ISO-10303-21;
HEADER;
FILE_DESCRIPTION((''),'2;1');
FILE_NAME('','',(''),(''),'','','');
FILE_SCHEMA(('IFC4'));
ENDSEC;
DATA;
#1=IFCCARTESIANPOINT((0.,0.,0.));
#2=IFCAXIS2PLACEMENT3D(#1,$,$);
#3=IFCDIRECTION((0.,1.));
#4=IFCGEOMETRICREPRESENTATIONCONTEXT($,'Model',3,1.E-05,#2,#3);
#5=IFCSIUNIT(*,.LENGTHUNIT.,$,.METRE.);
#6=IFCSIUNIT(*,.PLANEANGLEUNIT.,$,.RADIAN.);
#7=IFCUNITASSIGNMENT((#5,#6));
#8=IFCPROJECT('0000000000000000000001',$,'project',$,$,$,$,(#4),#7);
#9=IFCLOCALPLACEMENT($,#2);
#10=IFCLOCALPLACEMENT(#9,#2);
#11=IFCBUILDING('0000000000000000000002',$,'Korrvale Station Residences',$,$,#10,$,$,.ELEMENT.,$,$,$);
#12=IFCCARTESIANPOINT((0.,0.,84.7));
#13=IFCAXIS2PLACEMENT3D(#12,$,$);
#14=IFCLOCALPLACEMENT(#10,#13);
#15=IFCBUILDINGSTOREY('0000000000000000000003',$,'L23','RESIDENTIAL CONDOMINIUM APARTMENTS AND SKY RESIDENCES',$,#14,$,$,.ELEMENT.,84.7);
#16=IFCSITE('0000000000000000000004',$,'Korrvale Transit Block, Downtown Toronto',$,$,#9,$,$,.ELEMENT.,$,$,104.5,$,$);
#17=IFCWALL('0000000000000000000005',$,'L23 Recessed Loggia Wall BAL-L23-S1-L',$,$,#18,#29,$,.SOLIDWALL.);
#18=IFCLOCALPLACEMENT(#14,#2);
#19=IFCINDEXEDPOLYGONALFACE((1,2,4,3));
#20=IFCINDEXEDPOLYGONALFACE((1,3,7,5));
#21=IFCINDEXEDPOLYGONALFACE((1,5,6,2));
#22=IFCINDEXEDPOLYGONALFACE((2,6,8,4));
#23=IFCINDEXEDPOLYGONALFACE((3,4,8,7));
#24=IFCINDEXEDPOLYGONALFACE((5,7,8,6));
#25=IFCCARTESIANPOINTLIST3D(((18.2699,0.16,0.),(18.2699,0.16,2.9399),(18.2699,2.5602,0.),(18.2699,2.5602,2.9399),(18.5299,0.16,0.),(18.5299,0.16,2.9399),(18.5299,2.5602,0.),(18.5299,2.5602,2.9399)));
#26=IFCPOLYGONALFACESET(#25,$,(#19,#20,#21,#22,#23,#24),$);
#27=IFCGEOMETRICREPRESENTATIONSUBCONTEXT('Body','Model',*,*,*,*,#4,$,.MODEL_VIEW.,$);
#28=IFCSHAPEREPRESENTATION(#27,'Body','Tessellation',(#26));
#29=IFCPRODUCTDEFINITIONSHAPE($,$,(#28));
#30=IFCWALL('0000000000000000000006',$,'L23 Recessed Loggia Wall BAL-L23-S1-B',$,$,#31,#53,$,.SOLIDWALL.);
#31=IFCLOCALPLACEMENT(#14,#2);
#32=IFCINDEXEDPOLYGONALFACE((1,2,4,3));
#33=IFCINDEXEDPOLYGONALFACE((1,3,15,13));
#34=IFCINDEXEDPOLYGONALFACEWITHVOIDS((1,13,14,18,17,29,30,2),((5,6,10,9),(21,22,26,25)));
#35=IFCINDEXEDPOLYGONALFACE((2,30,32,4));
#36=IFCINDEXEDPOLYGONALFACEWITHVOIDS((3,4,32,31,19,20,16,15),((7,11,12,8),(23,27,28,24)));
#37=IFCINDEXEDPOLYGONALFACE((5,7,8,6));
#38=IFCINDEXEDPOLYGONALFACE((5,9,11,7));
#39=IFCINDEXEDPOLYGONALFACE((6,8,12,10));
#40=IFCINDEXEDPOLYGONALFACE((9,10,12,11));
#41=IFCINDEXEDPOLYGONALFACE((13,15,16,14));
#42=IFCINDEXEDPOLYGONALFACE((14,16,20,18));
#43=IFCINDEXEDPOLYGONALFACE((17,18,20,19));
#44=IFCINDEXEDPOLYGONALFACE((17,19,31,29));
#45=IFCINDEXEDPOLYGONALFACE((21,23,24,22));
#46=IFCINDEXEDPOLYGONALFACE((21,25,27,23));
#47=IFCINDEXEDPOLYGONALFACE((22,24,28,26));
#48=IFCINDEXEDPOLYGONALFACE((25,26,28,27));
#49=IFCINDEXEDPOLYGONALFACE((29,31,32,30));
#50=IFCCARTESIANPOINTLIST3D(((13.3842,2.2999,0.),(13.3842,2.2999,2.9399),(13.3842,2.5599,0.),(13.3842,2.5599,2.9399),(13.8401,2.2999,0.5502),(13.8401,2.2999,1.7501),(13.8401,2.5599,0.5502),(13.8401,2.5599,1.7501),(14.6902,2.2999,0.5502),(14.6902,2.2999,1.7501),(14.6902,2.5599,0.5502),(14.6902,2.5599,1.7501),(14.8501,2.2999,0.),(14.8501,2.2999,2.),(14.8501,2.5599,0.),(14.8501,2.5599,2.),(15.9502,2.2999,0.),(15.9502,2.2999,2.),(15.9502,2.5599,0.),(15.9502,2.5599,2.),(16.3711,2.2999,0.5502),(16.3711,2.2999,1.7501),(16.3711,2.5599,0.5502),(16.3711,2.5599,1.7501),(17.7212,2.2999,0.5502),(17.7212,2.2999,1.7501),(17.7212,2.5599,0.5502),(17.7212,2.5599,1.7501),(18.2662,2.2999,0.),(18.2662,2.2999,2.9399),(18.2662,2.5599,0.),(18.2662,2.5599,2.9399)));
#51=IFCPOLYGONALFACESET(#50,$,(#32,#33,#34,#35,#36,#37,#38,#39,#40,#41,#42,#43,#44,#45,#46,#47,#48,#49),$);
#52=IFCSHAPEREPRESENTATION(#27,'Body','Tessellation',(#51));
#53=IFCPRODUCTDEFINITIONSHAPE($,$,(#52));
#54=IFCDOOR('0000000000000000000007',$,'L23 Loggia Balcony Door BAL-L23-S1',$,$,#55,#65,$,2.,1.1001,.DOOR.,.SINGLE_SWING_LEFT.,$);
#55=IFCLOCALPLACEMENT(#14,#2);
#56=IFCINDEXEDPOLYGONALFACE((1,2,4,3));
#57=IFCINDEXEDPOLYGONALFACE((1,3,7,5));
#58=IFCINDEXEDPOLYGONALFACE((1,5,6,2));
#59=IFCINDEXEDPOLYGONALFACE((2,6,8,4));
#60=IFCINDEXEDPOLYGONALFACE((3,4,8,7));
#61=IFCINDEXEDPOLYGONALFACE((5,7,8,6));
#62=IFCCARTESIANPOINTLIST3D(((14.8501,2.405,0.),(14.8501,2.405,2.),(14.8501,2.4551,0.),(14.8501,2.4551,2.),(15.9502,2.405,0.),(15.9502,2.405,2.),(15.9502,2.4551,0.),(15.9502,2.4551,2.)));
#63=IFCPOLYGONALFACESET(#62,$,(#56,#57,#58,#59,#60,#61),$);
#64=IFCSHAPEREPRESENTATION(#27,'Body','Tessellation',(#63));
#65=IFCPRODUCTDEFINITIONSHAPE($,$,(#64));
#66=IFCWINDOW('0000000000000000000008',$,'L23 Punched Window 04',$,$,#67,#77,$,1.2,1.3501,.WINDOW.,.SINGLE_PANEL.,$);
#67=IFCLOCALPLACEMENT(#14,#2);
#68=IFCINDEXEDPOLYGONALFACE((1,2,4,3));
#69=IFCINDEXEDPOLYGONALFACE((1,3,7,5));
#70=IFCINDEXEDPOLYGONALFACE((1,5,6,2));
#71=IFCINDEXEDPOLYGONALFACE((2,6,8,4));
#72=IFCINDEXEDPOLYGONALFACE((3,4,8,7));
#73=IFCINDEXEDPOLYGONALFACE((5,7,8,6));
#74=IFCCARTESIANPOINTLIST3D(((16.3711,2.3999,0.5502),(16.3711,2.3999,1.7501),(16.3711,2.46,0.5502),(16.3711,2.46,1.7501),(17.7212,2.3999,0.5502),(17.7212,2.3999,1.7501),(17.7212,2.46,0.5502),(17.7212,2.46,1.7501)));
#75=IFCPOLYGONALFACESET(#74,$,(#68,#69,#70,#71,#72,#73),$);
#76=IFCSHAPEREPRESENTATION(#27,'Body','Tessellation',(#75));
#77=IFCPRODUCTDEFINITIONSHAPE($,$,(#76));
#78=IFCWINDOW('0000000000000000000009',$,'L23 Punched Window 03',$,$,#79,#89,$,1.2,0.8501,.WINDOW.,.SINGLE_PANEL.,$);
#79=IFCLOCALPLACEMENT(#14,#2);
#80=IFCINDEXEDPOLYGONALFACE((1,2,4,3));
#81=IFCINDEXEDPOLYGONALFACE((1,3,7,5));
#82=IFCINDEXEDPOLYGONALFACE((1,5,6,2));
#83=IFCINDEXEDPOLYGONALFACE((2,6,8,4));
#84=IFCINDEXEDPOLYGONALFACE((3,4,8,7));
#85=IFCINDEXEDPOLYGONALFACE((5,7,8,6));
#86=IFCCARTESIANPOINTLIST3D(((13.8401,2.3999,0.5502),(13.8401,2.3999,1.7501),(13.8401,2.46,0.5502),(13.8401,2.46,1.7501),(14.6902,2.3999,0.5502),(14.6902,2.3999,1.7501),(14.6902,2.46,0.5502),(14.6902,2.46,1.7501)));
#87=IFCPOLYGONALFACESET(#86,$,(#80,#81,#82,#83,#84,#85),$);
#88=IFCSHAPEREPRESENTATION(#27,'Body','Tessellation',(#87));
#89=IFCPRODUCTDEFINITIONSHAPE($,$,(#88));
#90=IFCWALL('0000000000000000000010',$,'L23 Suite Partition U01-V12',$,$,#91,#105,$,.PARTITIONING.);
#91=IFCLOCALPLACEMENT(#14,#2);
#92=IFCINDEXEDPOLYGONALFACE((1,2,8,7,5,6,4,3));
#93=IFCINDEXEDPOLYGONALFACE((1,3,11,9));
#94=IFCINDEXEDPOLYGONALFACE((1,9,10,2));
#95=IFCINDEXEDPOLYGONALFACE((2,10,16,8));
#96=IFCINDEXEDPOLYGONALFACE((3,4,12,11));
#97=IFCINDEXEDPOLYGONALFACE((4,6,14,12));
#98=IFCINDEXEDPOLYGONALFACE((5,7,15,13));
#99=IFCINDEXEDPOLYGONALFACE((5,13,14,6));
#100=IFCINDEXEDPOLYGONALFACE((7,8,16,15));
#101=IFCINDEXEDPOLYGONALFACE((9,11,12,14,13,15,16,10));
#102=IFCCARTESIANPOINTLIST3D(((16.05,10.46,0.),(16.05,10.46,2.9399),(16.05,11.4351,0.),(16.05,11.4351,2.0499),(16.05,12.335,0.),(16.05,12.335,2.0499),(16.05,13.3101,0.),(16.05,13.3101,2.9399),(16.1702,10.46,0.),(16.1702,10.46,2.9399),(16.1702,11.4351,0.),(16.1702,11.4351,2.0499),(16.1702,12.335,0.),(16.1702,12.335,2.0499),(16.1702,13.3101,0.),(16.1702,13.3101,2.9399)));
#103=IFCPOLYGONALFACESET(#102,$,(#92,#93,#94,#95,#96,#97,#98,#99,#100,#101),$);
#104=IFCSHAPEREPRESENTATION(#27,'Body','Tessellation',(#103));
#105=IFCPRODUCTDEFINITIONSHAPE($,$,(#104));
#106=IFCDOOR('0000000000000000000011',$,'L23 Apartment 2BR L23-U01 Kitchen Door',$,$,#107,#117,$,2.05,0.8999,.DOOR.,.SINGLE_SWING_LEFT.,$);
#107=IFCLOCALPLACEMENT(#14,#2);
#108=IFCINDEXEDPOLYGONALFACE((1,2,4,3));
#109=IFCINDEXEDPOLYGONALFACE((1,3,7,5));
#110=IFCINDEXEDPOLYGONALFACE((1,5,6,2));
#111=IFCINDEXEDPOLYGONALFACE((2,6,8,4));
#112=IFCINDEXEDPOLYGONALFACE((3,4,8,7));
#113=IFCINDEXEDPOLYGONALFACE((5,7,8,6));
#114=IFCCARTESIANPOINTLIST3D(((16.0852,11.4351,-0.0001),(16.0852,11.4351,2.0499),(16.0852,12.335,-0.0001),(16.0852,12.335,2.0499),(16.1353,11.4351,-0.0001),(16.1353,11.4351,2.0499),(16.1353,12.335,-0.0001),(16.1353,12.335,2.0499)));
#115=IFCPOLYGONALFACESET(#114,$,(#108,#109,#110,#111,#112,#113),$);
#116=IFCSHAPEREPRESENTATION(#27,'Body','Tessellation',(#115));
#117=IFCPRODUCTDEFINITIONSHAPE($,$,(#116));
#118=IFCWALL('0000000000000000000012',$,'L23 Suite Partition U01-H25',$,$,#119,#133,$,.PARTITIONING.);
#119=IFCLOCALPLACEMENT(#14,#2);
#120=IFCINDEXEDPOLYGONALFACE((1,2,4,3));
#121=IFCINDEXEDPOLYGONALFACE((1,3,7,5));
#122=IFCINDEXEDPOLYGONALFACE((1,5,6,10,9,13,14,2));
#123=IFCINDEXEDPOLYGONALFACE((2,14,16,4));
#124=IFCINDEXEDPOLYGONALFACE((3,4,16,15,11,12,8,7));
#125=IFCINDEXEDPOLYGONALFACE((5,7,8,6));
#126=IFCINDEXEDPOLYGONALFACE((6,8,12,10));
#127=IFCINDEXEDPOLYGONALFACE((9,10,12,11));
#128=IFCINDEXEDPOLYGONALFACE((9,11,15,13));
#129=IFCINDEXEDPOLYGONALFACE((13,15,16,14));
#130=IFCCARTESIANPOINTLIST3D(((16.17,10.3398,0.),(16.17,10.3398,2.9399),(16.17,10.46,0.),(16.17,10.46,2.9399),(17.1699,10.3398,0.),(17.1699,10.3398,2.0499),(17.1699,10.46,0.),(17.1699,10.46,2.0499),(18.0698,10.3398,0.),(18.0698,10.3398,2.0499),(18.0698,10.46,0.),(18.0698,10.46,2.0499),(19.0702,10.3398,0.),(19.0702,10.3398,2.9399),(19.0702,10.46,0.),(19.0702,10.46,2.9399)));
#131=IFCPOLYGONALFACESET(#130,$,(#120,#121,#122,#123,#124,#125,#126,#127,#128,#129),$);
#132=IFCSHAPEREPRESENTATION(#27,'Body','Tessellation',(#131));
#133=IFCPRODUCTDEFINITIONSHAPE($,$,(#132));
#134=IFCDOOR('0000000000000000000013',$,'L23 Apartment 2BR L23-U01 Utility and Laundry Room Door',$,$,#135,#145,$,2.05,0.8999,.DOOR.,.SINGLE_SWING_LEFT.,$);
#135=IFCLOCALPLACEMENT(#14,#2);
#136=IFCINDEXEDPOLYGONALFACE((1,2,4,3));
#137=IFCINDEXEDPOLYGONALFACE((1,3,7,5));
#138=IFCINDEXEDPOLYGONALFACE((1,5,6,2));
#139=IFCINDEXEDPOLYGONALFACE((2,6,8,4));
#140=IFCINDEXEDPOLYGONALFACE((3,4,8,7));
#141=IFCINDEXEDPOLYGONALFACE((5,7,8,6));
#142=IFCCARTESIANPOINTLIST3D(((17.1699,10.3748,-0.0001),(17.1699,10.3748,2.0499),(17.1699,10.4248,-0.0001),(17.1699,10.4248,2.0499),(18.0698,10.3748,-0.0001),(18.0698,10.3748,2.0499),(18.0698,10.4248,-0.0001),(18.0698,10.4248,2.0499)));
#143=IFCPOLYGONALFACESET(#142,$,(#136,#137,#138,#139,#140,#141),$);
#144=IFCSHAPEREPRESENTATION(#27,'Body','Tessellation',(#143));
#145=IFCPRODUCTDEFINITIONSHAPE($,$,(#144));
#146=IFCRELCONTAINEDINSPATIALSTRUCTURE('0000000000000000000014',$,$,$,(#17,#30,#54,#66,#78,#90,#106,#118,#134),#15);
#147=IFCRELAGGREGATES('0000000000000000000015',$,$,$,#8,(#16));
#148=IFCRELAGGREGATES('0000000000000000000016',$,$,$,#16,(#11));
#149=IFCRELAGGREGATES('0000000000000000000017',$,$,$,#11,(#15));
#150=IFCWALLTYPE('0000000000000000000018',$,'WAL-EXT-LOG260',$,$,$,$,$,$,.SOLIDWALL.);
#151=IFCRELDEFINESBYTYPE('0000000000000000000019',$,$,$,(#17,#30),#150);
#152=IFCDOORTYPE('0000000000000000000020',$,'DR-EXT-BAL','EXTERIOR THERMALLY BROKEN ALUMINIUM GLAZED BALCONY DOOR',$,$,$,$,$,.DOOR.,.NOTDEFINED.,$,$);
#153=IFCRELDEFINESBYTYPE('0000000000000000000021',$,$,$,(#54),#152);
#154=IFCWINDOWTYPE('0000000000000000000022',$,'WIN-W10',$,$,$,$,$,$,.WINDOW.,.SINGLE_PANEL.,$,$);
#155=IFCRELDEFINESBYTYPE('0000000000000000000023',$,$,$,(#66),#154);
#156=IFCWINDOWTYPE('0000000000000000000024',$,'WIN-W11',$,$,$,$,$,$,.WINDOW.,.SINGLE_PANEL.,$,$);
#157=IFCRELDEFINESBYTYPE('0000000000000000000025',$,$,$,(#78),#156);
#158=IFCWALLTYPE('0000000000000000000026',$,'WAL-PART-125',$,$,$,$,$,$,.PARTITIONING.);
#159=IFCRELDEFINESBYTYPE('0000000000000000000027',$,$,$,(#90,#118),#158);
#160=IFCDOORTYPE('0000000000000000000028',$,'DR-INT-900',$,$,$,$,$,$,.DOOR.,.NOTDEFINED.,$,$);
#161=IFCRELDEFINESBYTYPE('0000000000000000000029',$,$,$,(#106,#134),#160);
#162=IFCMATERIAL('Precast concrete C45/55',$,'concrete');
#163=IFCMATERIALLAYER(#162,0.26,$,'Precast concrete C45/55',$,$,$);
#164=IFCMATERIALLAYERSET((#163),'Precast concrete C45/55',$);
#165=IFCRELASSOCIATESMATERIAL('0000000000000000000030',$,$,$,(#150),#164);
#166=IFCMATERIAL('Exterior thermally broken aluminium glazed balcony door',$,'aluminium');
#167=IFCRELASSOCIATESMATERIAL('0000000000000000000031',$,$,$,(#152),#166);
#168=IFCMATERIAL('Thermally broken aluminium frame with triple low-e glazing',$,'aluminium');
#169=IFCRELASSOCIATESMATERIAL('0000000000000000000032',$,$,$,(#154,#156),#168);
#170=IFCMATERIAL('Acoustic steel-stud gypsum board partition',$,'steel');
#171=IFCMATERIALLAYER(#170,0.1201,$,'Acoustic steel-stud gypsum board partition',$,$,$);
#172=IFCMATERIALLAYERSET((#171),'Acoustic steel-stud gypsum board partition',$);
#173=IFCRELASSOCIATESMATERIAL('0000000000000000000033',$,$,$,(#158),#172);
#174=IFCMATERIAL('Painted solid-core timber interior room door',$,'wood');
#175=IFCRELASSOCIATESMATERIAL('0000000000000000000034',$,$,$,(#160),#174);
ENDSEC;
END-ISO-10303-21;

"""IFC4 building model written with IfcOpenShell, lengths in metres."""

from ifc_helpers import new_model, si_unit, direction, frame, frame_2d, origin, place, context, subcontext, project, spatial, rectangle, extrude, material, layer, layer_set, type_object, element, fill, save


model = new_model("IFC4")

# Units and contexts
model_context = context("Model", 3, precision=1e-05, world=origin(), true_north=direction((0.0, 1.0)))
body_context = subcontext(model_context, "Body", "Model", "MODEL_VIEW")
ifc_project = project(units=[si_unit("LENGTHUNIT", "METRE"), si_unit("PLANEANGLEUNIT", "RADIAN")], contexts=[model_context])

# Site, building, storey
site_placement = place(None, origin())
site = spatial("IfcSite", under=ifc_project, at=site_placement, Name="Korrvale Transit Block, Downtown Toronto", CompositionType="ELEMENT", RefElevation=104.5)
building_placement = place(site_placement, origin())
building = spatial("IfcBuilding", under=site, at=building_placement, Name="Korrvale Station Residences", CompositionType="ELEMENT")
storey_placement = place(building_placement, frame((0.0, 0.0, 84.7)))
storey = spatial("IfcBuildingStorey", under=building, at=storey_placement, Name="L23", Description="RESIDENTIAL CONDOMINIUM APARTMENTS AND SKY RESIDENCES", CompositionType="ELEMENT", Elevation=84.7)

# Wall
ifc_material_1 = material(Name="Precast concrete C45/55", Category="concrete")
ifc_layer_1 = layer(ifc_material_1, 0.26, Name="Precast concrete C45/55")
ifc_layer_set_1 = layer_set([ifc_layer_1], Name="Precast concrete C45/55")
wall_type_1 = type_object("IfcWallType", Name="WAL-EXT-LOG260", PredefinedType="SOLIDWALL", material=ifc_layer_set_1)
wall_1_placement = place(storey_placement, frame((18.3999, 0.1599, 0.0), z_axis=(0.0, 0.0, 1.0), x_axis=(0.0, 1.0, 0.0)))
element("IfcWall", 1, at=wall_1_placement, inside=storey, type_object=wall_type_1, Name="L23 Recessed Loggia Wall BAL-L23-S1-L", PredefinedType="SOLIDWALL", context=body_context, shape_type="SweptSolid", body=[
    extrude(rectangle(XDim=2.4001, YDim=0.26, at=frame_2d((1.2002, 0.0))), origin(), (0.0, 0.0, 1.0), 2.9399),
])

# Wall, openings, door, windows
wall_2_placement = place(storey_placement, frame((18.2661, 2.4299, 0.0), z_axis=(0.0, 0.0, 1.0), x_axis=(-1.0, 0.0, 0.0)))
wall_2 = element("IfcWall", 2, at=wall_2_placement, inside=storey, type_object=wall_type_1, Name="L23 Recessed Loggia Wall BAL-L23-S1-B", PredefinedType="SOLIDWALL", context=body_context, shape_type="SweptSolid", body=[
    extrude(rectangle(XDim=4.8821, YDim=0.26, at=frame_2d((2.4409, 0.0))), origin(), (0.0, 0.0, 1.0), 2.9399),
])
opening_1_placement = place(wall_2_placement, frame((2.3159, 0.0, 0.0)))
opening_1 = element("IfcOpeningElement", 3, at=opening_1_placement, cuts=wall_2, PredefinedType="OPENING", context=body_context, shape_type="SweptSolid", body=[
    extrude(rectangle(XDim=1.1001, YDim=2.0, at=frame_2d((0.55, 1.0))), frame((0.0, 0.1401, 0.0), z_axis=(0.0, -1.0, 0.0), x_axis=(1.0, 0.0, 0.0)), (0.0, 0.0, 1.0), 0.28),
])
opening_2_placement = place(wall_2_placement, frame((3.5759, 0.0, 0.55)))
opening_2 = element("IfcOpeningElement", 4, at=opening_2_placement, cuts=wall_2, PredefinedType="OPENING", context=body_context, shape_type="SweptSolid", body=[
    extrude(rectangle(XDim=0.8501, YDim=1.2, at=frame_2d((0.425, 0.6001))), frame((0.0, 0.1401, 0.0), z_axis=(0.0, -1.0, 0.0), x_axis=(1.0, 0.0, 0.0)), (0.0, 0.0, 1.0), 0.28),
])
opening_3_placement = place(wall_2_placement, frame((0.5449, 0.0, 0.55)))
opening_3 = element("IfcOpeningElement", 5, at=opening_3_placement, cuts=wall_2, PredefinedType="OPENING", context=body_context, shape_type="SweptSolid", body=[
    extrude(rectangle(XDim=1.3501, YDim=1.2, at=frame_2d((0.675, 0.6001))), frame((0.0, 0.1401, 0.0), z_axis=(0.0, -1.0, 0.0), x_axis=(1.0, 0.0, 0.0)), (0.0, 0.0, 1.0), 0.28),
])
ifc_material_2 = material(Name="Exterior thermally broken aluminium glazed balcony door", Category="aluminium")
door_type_1 = type_object("IfcDoorType", Name="DR-EXT-BAL", Description="EXTERIOR THERMALLY BROKEN ALUMINIUM GLAZED BALCONY DOOR", OperationType="NOTDEFINED", PredefinedType="DOOR", material=ifc_material_2)
door_1_placement = place(opening_1_placement, origin())
door_1 = element("IfcDoor", 6, at=door_1_placement, inside=storey, type_object=door_type_1, Name="L23 Loggia Balcony Door BAL-L23-S1", OperationType="SINGLE_SWING_LEFT", OverallHeight=2.0, OverallWidth=1.1001, PredefinedType="DOOR", context=body_context, shape_type="SweptSolid", body=[
    extrude(rectangle(XDim=1.1001, YDim=2.0, at=frame_2d((0.55, 1.0))), frame((0.0, 0.0249, 0.0), z_axis=(0.0, -1.0, 0.0), x_axis=(1.0, 0.0, 0.0)), (0.0, 0.0, 1.0), 0.05),
])
fill(opening_1, door_1)
ifc_material_3 = material(Name="Thermally broken aluminium frame with triple low-e glazing", Category="aluminium")
window_type_1 = type_object("IfcWindowType", Name="WIN-W10", PartitioningType="SINGLE_PANEL", PredefinedType="WINDOW", material=ifc_material_3)
window_1_placement = place(opening_3_placement, origin())
window_1 = element("IfcWindow", 7, at=window_1_placement, inside=storey, type_object=window_type_1, Name="L23 Punched Window 04", OverallHeight=1.2, OverallWidth=1.3501, PartitioningType="SINGLE_PANEL", PredefinedType="WINDOW", context=body_context, shape_type="SweptSolid", body=[
    extrude(rectangle(XDim=1.3501, YDim=1.2, at=frame_2d((0.675, 0.6001))), frame((0.0, 0.03, 0.0), z_axis=(0.0, -1.0, 0.0), x_axis=(1.0, 0.0, 0.0)), (0.0, 0.0, 1.0), 0.0601),
])
fill(opening_3, window_1)
window_type_2 = type_object("IfcWindowType", Name="WIN-W11", PartitioningType="SINGLE_PANEL", PredefinedType="WINDOW", material=ifc_material_3)
window_2_placement = place(opening_2_placement, origin())
window_2 = element("IfcWindow", 8, at=window_2_placement, inside=storey, type_object=window_type_2, Name="L23 Punched Window 03", OverallHeight=1.2, OverallWidth=0.8501, PartitioningType="SINGLE_PANEL", PredefinedType="WINDOW", context=body_context, shape_type="SweptSolid", body=[
    extrude(rectangle(XDim=0.8501, YDim=1.2, at=frame_2d((0.425, 0.6001))), frame((0.0, 0.03, 0.0), z_axis=(0.0, -1.0, 0.0), x_axis=(1.0, 0.0, 0.0)), (0.0, 0.0, 1.0), 0.0601),
])
fill(opening_2, window_2)

# Walls, openings, doors
ifc_material_4 = material(Name="Acoustic steel-stud gypsum board partition", Category="steel")
ifc_layer_2 = layer(ifc_material_4, 0.1201, Name="Acoustic steel-stud gypsum board partition")
ifc_layer_set_2 = layer_set([ifc_layer_2], Name="Acoustic steel-stud gypsum board partition")
wall_type_2 = type_object("IfcWallType", Name="WAL-PART-125", PredefinedType="PARTITIONING", material=ifc_layer_set_2)
wall_3_placement = place(storey_placement, frame((16.1101, 10.46, 0.0), z_axis=(0.0, 0.0, 1.0), x_axis=(0.0, 1.0, 0.0)))
wall_3 = element("IfcWall", 9, at=wall_3_placement, inside=storey, type_object=wall_type_2, Name="L23 Suite Partition U01-V12", PredefinedType="PARTITIONING", context=body_context, shape_type="SweptSolid", body=[
    extrude(rectangle(XDim=2.8501, YDim=0.1201, at=frame_2d((1.425, 0.0))), origin(), (0.0, 0.0, 1.0), 2.9399),
])
opening_4_placement = place(wall_3_placement, frame((0.9751, 0.0, 0.0)))
opening_4 = element("IfcOpeningElement", 10, at=opening_4_placement, cuts=wall_3, PredefinedType="OPENING", context=body_context, shape_type="SweptSolid", body=[
    extrude(rectangle(XDim=0.8999, YDim=2.05, at=frame_2d((0.45, 1.0249))), frame((0.0, 0.0701, 0.0), z_axis=(0.0, -1.0, 0.0), x_axis=(1.0, 0.0, 0.0)), (0.0, 0.0, 1.0), 0.1401),
])
ifc_material_5 = material(Name="Painted solid-core timber interior room door", Category="wood")
door_type_2 = type_object("IfcDoorType", Name="DR-INT-900", OperationType="NOTDEFINED", PredefinedType="DOOR", material=ifc_material_5)
door_2_placement = place(opening_4_placement, origin())
door_2 = element("IfcDoor", 11, at=door_2_placement, inside=storey, type_object=door_type_2, Name="L23 Apartment 2BR L23-U01 Kitchen Door", OperationType="SINGLE_SWING_LEFT", OverallHeight=2.05, OverallWidth=0.8999, PredefinedType="DOOR", context=body_context, shape_type="SweptSolid", body=[
    extrude(rectangle(XDim=0.8999, YDim=2.05, at=frame_2d((0.45, 1.0249))), frame((0.0, 0.0249, 0.0), z_axis=(0.0, -1.0, 0.0), x_axis=(1.0, 0.0, 0.0)), (0.0, 0.0, 1.0), 0.05),
])
fill(opening_4, door_2)
wall_4_placement = place(storey_placement, frame((16.1699, 10.3999, 0.0), z_axis=(0.0, 0.0, 1.0), x_axis=(1.0, 0.0, 0.0)))
wall_4 = element("IfcWall", 12, at=wall_4_placement, inside=storey, type_object=wall_type_2, Name="L23 Suite Partition U01-H25", PredefinedType="PARTITIONING", context=body_context, shape_type="SweptSolid", body=[
    extrude(rectangle(XDim=2.9001, YDim=0.1201, at=frame_2d((1.4502, 0.0))), origin(), (0.0, 0.0, 1.0), 2.9399),
])
opening_5_placement = place(wall_4_placement, frame((1.0, 0.0, 0.0)))
opening_5 = element("IfcOpeningElement", 13, at=opening_5_placement, cuts=wall_4, PredefinedType="OPENING", context=body_context, shape_type="SweptSolid", body=[
    extrude(rectangle(XDim=0.8999, YDim=2.05, at=frame_2d((0.45, 1.0249))), frame((0.0, 0.0701, 0.0), z_axis=(0.0, -1.0, 0.0), x_axis=(1.0, 0.0, 0.0)), (0.0, 0.0, 1.0), 0.1401),
])
door_3_placement = place(opening_5_placement, origin())
door_3 = element("IfcDoor", 14, at=door_3_placement, inside=storey, type_object=door_type_2, Name="L23 Apartment 2BR L23-U01 Utility and Laundry Room Door", OperationType="SINGLE_SWING_LEFT", OverallHeight=2.05, OverallWidth=0.8999, PredefinedType="DOOR", context=body_context, shape_type="SweptSolid", body=[
    extrude(rectangle(XDim=0.8999, YDim=2.05, at=frame_2d((0.45, 1.0249))), frame((0.0, 0.0249, 0.0), z_axis=(0.0, -1.0, 0.0), x_axis=(1.0, 0.0, 0.0)), (0.0, 0.0, 1.0), 0.05),
])
fill(opening_5, door_3)

save(model, "model.ifc")
